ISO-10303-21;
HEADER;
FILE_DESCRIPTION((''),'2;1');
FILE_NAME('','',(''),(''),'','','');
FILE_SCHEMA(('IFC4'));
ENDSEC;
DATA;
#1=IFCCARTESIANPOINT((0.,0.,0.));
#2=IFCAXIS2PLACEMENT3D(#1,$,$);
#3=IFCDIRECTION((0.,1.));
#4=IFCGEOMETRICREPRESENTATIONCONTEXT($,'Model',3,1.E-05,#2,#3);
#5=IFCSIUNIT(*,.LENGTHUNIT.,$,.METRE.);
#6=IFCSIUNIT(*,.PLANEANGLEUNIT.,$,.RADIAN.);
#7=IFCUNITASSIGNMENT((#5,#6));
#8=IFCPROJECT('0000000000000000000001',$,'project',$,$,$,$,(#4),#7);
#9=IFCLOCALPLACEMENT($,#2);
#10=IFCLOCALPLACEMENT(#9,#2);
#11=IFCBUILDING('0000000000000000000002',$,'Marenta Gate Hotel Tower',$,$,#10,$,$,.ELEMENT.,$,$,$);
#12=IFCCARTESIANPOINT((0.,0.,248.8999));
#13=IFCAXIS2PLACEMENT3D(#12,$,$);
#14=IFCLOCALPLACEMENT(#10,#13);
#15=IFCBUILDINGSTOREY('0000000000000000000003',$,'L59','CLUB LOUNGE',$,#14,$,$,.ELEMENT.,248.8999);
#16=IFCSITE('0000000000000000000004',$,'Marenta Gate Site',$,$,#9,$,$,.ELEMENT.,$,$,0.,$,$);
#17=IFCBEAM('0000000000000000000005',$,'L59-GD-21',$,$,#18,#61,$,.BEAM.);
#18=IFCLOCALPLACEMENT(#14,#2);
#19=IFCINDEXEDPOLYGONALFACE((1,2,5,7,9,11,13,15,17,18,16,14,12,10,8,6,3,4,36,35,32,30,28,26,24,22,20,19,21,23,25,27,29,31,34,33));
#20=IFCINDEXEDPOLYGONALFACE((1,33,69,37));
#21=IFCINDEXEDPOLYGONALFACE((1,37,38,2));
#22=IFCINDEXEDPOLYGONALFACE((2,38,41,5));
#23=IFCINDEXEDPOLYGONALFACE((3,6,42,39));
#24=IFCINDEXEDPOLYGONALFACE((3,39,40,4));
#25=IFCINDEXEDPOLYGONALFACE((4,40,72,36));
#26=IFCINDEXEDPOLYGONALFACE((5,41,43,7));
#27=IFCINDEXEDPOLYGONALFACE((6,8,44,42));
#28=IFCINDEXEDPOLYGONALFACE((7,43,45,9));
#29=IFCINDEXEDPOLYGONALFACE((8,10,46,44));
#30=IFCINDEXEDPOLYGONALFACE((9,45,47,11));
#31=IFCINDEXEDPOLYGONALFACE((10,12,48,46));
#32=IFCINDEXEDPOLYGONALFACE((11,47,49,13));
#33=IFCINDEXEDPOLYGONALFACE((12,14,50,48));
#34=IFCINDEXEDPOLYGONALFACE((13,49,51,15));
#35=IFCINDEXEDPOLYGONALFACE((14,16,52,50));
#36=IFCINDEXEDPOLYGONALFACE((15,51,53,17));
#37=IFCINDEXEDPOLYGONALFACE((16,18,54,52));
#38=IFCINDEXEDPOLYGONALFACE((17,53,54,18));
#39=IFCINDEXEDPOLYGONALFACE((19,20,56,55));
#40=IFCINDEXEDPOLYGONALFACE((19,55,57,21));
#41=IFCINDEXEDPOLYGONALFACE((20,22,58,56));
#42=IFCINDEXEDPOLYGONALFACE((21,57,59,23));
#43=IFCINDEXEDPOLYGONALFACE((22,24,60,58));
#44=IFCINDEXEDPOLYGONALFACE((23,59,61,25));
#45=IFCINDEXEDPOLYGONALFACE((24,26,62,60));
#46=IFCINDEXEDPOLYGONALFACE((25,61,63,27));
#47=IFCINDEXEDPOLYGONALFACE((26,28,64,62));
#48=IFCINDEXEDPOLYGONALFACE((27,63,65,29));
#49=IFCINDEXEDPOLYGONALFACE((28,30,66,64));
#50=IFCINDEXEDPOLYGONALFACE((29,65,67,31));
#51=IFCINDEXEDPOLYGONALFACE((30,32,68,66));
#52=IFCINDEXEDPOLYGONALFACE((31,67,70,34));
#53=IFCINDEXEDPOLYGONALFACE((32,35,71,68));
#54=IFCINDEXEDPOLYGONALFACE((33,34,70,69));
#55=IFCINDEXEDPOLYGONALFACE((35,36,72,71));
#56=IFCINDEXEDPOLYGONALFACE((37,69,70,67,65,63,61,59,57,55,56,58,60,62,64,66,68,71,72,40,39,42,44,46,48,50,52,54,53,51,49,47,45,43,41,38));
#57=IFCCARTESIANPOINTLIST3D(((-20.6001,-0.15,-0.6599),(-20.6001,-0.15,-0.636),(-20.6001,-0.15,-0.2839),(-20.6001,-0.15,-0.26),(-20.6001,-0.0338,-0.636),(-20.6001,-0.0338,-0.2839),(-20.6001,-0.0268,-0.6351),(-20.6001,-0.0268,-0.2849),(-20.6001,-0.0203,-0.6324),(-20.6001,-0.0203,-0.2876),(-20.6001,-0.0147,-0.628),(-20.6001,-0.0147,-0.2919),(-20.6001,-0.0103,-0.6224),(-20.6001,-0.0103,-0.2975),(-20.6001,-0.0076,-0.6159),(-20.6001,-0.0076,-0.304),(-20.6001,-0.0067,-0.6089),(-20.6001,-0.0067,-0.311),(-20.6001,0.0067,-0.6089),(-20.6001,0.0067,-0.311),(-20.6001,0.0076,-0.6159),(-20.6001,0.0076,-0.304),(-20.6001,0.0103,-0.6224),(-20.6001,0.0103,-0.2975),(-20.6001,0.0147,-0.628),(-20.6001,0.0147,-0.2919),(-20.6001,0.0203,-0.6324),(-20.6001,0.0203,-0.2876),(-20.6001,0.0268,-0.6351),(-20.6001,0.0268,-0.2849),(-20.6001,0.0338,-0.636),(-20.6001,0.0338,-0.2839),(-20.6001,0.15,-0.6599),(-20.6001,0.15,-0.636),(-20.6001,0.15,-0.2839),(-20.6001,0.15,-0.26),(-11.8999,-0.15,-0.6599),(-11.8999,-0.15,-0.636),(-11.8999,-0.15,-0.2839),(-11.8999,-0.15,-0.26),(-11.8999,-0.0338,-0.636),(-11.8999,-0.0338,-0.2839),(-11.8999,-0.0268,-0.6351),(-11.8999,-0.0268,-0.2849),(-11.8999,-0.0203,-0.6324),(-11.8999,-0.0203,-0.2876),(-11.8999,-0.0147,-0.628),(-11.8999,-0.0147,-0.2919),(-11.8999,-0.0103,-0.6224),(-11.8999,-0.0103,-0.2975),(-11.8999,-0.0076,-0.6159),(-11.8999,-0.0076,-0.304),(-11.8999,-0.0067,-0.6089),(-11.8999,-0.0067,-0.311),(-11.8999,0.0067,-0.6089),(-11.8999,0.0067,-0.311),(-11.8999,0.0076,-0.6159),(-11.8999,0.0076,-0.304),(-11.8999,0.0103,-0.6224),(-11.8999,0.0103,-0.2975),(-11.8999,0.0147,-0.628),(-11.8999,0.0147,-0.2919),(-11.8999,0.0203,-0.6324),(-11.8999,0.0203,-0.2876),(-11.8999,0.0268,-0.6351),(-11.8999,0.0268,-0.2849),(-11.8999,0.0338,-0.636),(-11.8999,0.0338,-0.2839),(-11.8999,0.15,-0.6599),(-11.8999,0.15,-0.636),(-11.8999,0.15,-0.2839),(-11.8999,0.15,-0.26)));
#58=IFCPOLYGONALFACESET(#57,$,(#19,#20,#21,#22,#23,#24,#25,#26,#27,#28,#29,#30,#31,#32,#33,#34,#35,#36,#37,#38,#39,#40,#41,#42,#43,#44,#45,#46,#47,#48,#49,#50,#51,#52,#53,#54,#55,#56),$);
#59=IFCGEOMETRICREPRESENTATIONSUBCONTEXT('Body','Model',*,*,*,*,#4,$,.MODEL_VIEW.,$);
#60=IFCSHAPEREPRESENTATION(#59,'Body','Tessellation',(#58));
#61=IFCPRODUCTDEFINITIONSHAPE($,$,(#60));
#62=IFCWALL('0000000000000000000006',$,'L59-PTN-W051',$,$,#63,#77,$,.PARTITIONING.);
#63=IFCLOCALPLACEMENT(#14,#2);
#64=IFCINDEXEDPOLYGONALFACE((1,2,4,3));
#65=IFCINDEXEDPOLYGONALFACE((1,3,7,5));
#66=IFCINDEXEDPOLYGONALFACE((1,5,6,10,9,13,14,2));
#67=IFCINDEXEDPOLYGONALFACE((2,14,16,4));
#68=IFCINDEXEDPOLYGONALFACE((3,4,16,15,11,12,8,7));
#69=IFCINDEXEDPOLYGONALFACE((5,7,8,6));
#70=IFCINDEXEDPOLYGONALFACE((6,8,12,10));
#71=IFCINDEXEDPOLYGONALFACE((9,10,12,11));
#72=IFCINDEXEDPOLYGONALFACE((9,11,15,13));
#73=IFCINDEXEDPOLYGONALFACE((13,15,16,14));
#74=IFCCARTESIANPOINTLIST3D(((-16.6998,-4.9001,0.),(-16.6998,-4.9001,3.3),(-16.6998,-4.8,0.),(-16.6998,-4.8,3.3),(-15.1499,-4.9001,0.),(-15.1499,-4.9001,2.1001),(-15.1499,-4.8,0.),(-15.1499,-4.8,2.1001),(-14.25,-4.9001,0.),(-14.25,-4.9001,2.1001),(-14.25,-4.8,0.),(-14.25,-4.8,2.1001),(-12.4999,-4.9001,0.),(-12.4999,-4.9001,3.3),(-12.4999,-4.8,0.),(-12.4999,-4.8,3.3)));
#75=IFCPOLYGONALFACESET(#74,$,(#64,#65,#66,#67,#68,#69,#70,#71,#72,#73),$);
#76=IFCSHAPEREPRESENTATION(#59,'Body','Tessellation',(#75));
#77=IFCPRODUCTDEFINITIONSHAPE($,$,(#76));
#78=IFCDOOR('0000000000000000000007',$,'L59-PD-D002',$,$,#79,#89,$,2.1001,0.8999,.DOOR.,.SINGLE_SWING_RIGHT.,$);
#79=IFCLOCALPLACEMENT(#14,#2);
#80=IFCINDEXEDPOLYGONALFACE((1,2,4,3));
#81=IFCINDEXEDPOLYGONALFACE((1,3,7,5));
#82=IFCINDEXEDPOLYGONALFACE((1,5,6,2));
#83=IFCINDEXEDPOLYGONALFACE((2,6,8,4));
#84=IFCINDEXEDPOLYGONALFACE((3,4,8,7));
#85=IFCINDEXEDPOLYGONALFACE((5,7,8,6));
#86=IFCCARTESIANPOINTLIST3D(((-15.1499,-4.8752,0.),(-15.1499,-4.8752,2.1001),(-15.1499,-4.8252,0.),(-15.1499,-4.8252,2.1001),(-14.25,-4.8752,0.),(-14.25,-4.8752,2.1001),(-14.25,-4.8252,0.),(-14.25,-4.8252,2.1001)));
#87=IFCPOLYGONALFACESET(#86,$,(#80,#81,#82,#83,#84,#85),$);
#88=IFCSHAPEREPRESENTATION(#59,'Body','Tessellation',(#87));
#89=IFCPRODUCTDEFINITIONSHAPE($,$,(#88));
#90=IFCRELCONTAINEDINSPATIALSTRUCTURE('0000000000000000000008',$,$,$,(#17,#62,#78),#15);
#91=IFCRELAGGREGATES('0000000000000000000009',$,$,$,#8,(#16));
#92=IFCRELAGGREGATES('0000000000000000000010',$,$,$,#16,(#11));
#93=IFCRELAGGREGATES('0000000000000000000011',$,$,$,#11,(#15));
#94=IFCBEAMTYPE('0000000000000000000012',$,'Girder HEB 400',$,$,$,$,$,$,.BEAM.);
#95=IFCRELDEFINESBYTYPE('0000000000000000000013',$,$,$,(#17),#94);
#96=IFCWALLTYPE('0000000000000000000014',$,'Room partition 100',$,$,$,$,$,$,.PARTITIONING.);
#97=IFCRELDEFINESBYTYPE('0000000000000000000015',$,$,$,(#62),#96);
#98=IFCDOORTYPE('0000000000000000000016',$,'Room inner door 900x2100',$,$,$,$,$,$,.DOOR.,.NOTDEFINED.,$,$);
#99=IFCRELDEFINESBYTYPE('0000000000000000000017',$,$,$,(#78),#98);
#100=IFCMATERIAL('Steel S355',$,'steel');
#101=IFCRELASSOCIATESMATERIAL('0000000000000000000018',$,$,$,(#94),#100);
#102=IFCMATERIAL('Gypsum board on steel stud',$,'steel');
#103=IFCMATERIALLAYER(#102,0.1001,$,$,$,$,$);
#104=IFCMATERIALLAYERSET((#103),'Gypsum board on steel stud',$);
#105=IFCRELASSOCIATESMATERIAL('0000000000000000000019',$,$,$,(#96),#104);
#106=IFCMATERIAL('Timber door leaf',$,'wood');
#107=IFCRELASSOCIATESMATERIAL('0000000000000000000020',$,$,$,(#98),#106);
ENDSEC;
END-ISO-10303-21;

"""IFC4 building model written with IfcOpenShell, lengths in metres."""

from ifc_helpers import new_model, si_unit, direction, frame, frame_2d, origin, origin_2d, place, context, subcontext, project, spatial, rectangle, i_section, extrude, material, layer, layer_set, material_profile, profile_set, type_object, element, fill, save


model = new_model("IFC4")

# Units and contexts
model_context = context("Model", 3, precision=1e-05, world=origin(), true_north=direction((0.0, 1.0)))
body_context = subcontext(model_context, "Body", "Model", "MODEL_VIEW")
ifc_project = project(units=[si_unit("LENGTHUNIT", "METRE"), si_unit("PLANEANGLEUNIT", "RADIAN")], contexts=[model_context])

# Site, building, storey
site_placement = place(None, origin())
site = spatial("IfcSite", under=ifc_project, at=site_placement, Name="Marenta Gate Site", CompositionType="ELEMENT", RefElevation=0.0)
building_placement = place(site_placement, origin())
building = spatial("IfcBuilding", under=site, at=building_placement, Name="Marenta Gate Hotel Tower", CompositionType="ELEMENT")
storey_placement = place(building_placement, frame((0.0, 0.0, 248.8999)))
storey = spatial("IfcBuildingStorey", under=building, at=storey_placement, Name="L59", Description="CLUB LOUNGE", CompositionType="ELEMENT", Elevation=248.8999)

# Beam
ifc_material_1 = material(Name="Steel S355", Category="steel")
ifc_material_profile = material_profile(ifc_material_1, i_section(OverallWidth=0.3, OverallDepth=0.3999, WebThickness=0.0134, FlangeThickness=0.0239, FilletRadius=0.0271, at=origin_2d()), Name="HEB 400")
ifc_profile_set = profile_set([ifc_material_profile], Name="Steel S355")
beam_type = type_object("IfcBeamType", Name="Girder HEB 400", PredefinedType="BEAM", material=ifc_profile_set)
beam_placement = place(storey_placement, frame((-20.6001, 0.0, -0.46), z_axis=(1.0, 0.0, 0.0), x_axis=(0.0, 1.0, 0.0)))
element("IfcBeam", 1, at=beam_placement, inside=storey, type_object=beam_type, Name="L59-GD-21", PredefinedType="BEAM", context=body_context, shape_type="SweptSolid", body=[
    extrude(i_section(OverallWidth=0.3, OverallDepth=0.3999, WebThickness=0.0134, FlangeThickness=0.0239, FilletRadius=0.0271, at=origin_2d()), origin(), (0.0, 0.0, 1.0), 8.7002),
])

# Wall, opening, door
ifc_material_2 = material(Name="Gypsum board on steel stud", Category="steel")
ifc_layer_1 = layer(ifc_material_2, 0.1001)
ifc_layer_set_1 = layer_set([ifc_layer_1], Name="Gypsum board on steel stud")
wall_type_1 = type_object("IfcWallType", Name="Room partition 100", PredefinedType="PARTITIONING", material=ifc_layer_set_1)
wall_1_placement = place(storey_placement, frame((-16.7, -4.8501, 0.0), z_axis=(0.0, 0.0, 1.0), x_axis=(1.0, 0.0, 0.0)))
wall_1 = element("IfcWall", 2, at=wall_1_placement, inside=storey, type_object=wall_type_1, Name="L59-PTN-W051", PredefinedType="PARTITIONING", context=body_context, shape_type="SweptSolid", body=[
    extrude(rectangle(XDim=4.2, YDim=0.1001, at=frame_2d((2.1001, 0.0))), origin(), (0.0, 0.0, 1.0), 3.3),
])
opening_1_placement = place(wall_1_placement, frame((1.55, 0.0, 0.0)))
opening_1 = element("IfcOpeningElement", 3, at=opening_1_placement, cuts=wall_1, PredefinedType="OPENING", context=body_context, shape_type="SweptSolid", body=[
    extrude(rectangle(XDim=0.8999, YDim=2.1001, at=frame_2d((0.45, 1.05))), frame((0.0, 0.05, 0.0), z_axis=(0.0, -1.0, 0.0), x_axis=(1.0, 0.0, 0.0)), (0.0, 0.0, 1.0), 0.1001),
])
ifc_material_3 = material(Name="Timber door leaf", Category="wood")
door_type_1 = type_object("IfcDoorType", Name="Room inner door 900x2100", OperationType="NOTDEFINED", PredefinedType="DOOR", material=ifc_material_3)
door_1_placement = place(opening_1_placement, origin())
door_1 = element("IfcDoor", 4, at=door_1_placement, inside=storey, type_object=door_type_1, Name="L59-PD-D002", OperationType="SINGLE_SWING_RIGHT", OverallHeight=2.1001, OverallWidth=0.8999, PredefinedType="DOOR", context=body_context, shape_type="SweptSolid", body=[
    extrude(rectangle(XDim=0.8999, YDim=2.1001, at=frame_2d((0.45, 1.05))), frame((0.0, 0.0249, 0.0), z_axis=(0.0, -1.0, 0.0), x_axis=(1.0, 0.0, 0.0)), (0.0, 0.0, 1.0), 0.05),
])
fill(opening_1, door_1)

save(model, "model.ifc")
